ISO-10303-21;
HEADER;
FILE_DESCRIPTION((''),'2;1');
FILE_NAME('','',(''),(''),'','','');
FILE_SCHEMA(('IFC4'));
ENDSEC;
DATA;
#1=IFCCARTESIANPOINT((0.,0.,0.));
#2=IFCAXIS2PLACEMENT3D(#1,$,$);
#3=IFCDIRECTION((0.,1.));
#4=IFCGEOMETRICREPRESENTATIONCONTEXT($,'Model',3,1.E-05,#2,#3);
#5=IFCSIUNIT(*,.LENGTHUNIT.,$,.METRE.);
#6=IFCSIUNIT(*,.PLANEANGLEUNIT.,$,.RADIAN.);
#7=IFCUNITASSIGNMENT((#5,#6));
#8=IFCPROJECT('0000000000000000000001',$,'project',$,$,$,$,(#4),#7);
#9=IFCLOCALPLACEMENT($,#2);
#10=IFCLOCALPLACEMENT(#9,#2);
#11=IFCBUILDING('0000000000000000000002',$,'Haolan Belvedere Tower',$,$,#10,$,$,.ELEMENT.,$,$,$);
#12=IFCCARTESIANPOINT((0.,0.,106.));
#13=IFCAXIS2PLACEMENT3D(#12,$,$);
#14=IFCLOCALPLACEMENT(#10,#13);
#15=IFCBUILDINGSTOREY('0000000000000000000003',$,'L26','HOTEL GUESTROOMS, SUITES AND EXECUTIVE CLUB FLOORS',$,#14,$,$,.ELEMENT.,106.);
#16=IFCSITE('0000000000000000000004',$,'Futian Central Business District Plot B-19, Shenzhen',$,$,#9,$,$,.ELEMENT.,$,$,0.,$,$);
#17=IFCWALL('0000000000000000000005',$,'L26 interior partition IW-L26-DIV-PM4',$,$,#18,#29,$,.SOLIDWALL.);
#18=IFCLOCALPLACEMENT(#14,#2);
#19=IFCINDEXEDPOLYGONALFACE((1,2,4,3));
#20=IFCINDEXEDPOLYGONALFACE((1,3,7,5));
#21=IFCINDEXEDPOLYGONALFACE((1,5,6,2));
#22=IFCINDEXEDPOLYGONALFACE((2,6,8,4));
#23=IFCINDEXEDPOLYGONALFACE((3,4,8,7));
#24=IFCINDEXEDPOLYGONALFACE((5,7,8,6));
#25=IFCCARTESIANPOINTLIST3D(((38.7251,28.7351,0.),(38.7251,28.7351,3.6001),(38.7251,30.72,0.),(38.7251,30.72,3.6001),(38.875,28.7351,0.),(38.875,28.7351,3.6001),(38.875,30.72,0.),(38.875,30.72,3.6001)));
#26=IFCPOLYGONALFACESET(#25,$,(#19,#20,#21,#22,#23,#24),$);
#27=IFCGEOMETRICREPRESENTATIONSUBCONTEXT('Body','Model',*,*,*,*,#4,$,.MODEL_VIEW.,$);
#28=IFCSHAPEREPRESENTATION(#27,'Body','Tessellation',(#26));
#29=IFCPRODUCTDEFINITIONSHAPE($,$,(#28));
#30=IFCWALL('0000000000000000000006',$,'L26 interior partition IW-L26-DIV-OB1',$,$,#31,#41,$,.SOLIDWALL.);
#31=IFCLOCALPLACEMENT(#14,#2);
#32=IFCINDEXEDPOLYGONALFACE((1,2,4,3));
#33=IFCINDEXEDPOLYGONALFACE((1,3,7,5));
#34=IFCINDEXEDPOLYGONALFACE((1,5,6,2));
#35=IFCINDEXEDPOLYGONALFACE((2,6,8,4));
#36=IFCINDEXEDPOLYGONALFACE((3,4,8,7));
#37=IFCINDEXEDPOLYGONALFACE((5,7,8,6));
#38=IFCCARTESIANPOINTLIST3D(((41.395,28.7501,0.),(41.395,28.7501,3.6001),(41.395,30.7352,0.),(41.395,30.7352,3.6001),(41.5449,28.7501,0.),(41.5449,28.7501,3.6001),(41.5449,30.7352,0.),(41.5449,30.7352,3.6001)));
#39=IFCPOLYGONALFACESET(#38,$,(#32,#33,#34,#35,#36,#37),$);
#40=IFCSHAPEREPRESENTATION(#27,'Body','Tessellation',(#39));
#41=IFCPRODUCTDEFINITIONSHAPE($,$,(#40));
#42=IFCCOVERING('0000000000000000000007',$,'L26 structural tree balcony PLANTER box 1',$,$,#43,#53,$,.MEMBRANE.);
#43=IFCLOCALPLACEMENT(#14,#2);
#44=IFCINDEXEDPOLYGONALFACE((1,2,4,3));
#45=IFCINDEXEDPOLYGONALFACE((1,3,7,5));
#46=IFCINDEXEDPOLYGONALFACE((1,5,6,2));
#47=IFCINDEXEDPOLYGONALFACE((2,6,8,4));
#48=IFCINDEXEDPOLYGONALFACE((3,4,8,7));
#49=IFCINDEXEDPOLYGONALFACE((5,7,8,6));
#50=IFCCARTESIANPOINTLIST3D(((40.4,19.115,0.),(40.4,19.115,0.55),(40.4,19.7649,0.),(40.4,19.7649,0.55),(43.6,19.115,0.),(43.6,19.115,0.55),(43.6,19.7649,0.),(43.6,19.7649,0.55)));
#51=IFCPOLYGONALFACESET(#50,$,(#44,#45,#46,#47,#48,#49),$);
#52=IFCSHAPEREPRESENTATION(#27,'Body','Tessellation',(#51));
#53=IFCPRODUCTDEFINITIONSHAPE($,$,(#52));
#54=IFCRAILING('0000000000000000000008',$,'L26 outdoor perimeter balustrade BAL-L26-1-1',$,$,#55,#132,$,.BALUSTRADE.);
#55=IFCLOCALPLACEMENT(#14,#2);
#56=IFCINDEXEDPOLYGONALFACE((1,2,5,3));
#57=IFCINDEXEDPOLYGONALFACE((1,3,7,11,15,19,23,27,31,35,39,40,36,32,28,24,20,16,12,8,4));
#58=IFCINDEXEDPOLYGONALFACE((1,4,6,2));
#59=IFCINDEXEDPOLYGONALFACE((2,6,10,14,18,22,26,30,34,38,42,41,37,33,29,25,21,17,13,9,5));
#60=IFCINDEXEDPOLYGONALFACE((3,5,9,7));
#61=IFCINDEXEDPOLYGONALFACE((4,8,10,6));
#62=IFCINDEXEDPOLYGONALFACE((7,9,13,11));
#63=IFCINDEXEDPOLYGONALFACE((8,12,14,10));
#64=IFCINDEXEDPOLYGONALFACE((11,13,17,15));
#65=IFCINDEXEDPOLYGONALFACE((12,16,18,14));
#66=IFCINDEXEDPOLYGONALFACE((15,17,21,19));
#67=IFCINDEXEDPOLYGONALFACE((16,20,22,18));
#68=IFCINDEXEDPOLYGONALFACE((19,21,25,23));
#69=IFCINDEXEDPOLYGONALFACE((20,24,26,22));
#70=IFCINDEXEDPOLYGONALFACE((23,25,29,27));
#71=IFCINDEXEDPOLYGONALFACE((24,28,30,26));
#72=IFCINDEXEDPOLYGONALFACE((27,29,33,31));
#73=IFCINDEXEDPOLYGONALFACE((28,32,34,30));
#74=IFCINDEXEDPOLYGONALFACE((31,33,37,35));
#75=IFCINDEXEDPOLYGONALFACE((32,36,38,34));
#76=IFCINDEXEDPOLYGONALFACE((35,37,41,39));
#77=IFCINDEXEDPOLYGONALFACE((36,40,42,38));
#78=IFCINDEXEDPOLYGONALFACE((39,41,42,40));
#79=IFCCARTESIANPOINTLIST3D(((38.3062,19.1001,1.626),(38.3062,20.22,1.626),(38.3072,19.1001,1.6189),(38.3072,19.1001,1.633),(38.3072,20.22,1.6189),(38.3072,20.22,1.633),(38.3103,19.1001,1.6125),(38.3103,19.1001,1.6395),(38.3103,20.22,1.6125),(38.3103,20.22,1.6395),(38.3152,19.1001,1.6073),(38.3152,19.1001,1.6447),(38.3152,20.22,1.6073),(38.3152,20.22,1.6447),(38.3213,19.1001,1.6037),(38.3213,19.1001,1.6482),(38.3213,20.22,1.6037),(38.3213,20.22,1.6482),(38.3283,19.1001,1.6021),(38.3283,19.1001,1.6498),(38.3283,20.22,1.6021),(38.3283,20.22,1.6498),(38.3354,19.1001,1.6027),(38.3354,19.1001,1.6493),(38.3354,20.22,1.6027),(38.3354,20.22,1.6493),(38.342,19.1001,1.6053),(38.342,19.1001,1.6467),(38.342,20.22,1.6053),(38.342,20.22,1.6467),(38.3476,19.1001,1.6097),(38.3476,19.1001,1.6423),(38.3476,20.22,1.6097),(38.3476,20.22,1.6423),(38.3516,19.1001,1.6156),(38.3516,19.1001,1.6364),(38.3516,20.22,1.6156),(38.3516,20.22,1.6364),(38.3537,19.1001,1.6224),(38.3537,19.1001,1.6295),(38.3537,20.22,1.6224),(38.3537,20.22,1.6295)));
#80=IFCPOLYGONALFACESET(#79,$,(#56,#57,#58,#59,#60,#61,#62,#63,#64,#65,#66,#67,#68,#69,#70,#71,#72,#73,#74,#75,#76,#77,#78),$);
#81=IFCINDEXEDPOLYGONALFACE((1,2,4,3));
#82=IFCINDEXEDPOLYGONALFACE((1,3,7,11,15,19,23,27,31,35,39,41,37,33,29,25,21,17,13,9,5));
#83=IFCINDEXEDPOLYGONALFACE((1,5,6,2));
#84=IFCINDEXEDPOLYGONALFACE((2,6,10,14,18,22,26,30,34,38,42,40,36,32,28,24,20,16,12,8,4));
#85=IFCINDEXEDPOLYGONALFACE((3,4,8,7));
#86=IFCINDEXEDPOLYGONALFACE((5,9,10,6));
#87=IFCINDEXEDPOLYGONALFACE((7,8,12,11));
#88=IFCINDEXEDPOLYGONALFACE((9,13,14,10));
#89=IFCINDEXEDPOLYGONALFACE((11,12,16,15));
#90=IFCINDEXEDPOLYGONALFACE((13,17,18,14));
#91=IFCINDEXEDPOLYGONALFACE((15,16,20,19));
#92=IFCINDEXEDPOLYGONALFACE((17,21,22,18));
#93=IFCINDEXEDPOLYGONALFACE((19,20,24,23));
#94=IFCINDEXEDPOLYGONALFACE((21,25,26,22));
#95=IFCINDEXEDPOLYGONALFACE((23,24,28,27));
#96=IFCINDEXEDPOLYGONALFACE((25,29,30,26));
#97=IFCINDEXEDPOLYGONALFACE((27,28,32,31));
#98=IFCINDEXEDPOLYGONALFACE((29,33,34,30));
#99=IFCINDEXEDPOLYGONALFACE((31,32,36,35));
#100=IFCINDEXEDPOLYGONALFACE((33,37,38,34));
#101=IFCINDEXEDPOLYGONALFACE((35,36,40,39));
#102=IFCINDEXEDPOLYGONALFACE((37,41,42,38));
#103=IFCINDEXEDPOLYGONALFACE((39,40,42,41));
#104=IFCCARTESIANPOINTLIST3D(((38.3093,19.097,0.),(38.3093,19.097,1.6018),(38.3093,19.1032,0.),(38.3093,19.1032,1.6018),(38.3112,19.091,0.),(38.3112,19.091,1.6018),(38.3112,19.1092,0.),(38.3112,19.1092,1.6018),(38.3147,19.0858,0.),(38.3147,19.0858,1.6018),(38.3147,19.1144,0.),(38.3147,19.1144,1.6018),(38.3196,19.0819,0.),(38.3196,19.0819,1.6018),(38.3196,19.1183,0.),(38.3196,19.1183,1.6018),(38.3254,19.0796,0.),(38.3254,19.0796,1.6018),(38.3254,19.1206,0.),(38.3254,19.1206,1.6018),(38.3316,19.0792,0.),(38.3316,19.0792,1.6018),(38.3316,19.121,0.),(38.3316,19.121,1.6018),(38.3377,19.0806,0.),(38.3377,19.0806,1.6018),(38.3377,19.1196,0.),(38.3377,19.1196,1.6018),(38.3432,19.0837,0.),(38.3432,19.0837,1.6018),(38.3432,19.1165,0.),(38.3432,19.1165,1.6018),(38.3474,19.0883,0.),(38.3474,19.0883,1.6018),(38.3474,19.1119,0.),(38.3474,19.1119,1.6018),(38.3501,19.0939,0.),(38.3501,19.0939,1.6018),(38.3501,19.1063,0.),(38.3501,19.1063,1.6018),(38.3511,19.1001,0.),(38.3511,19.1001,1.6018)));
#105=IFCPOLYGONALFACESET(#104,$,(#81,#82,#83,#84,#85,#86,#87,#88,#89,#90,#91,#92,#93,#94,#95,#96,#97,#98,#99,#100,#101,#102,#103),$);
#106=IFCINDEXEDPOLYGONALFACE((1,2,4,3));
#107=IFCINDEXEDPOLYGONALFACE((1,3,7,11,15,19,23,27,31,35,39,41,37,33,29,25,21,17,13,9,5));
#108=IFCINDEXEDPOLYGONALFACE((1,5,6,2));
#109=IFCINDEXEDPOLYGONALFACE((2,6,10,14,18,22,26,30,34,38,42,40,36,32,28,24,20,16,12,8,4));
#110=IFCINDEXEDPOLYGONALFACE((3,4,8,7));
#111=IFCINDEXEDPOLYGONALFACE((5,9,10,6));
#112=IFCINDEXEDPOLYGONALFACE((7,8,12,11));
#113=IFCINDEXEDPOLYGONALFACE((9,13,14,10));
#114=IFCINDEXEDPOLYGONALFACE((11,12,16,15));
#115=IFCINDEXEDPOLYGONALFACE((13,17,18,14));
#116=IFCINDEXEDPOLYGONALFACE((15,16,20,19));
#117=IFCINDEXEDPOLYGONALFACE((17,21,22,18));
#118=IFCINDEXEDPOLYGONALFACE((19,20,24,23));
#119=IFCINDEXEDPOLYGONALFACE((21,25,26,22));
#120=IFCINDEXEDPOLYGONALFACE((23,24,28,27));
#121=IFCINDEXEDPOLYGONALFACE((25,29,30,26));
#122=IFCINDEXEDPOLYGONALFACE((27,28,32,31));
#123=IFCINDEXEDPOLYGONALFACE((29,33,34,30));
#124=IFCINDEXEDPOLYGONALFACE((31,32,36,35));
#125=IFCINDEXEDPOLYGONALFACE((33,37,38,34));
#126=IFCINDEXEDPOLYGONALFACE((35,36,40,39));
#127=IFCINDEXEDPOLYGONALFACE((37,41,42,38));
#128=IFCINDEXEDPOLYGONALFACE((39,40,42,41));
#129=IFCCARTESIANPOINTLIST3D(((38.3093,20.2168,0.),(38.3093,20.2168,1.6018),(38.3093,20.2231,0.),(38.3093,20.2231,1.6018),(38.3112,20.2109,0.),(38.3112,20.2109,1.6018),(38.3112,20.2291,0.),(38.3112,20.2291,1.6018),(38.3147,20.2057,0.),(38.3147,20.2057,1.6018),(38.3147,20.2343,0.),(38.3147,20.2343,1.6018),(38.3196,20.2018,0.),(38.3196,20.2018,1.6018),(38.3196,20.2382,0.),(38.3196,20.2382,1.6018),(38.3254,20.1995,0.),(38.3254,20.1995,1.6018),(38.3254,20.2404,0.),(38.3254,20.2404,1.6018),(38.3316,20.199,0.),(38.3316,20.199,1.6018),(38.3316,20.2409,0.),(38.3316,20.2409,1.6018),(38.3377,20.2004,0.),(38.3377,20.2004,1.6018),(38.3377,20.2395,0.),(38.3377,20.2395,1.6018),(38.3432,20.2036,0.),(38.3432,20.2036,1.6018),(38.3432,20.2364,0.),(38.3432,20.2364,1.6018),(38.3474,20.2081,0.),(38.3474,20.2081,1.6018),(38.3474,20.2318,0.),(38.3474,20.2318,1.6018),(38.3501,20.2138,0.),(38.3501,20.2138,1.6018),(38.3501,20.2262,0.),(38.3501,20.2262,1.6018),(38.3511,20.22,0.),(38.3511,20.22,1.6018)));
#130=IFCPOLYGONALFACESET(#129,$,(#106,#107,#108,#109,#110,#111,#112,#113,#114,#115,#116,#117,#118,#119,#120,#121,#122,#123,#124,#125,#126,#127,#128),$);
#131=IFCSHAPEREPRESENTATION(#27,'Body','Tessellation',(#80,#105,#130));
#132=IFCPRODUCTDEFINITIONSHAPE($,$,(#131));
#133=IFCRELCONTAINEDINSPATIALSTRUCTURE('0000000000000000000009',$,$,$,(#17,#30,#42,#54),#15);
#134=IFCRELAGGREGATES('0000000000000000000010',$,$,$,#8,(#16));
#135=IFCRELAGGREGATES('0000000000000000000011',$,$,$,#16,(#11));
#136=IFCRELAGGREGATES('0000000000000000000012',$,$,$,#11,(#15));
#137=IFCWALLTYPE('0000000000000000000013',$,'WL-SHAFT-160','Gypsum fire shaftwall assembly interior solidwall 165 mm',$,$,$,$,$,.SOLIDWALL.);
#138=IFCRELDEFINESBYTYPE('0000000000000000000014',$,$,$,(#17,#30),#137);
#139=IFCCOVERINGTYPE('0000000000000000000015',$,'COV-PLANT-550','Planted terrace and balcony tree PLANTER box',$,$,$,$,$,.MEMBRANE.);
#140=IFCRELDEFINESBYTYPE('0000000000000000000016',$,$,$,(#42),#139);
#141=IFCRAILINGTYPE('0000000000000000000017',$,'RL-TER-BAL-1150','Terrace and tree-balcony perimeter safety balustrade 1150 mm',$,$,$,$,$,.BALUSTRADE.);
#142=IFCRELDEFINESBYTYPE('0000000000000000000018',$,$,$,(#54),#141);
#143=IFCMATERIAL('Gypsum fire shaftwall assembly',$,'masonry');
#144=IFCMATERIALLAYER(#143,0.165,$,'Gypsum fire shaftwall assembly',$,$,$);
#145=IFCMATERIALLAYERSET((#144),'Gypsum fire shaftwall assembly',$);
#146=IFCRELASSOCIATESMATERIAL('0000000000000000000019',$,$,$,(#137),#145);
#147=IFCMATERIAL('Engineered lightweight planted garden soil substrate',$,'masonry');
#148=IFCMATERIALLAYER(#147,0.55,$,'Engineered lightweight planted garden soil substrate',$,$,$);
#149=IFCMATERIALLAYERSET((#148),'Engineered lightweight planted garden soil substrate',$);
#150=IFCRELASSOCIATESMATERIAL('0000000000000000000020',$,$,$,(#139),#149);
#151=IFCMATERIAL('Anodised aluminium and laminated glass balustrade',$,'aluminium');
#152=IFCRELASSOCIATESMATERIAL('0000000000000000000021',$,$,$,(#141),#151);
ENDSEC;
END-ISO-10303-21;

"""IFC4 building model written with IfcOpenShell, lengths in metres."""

from ifc_helpers import new_model, si_unit, direction, frame, frame_2d, origin, origin_2d, place, context, subcontext, project, spatial, rectangle, circle, extrude, material, layer, layer_set, type_object, element, save


model = new_model("IFC4")

# Units and contexts
model_context = context("Model", 3, precision=1e-05, world=origin(), true_north=direction((0.0, 1.0)))
body_context = subcontext(model_context, "Body", "Model", "MODEL_VIEW")
ifc_project = project(units=[si_unit("LENGTHUNIT", "METRE"), si_unit("PLANEANGLEUNIT", "RADIAN")], contexts=[model_context])

# Site, building, storey
site_placement = place(None, origin())
site = spatial("IfcSite", under=ifc_project, at=site_placement, Name="Futian Central Business District Plot B-19, Shenzhen", CompositionType="ELEMENT", RefElevation=0.0)
building_placement = place(site_placement, origin())
building = spatial("IfcBuilding", under=site, at=building_placement, Name="Haolan Belvedere Tower", CompositionType="ELEMENT")
storey_placement = place(building_placement, frame((0.0, 0.0, 106.0)))
storey = spatial("IfcBuildingStorey", under=building, at=storey_placement, Name="L26", Description="HOTEL GUESTROOMS, SUITES AND EXECUTIVE CLUB FLOORS", CompositionType="ELEMENT", Elevation=106.0)

# Shared definitions
ifc_material_1 = material(Name="Gypsum fire shaftwall assembly", Category="masonry")
ifc_layer_1 = layer(ifc_material_1, 0.165, Name="Gypsum fire shaftwall assembly")
ifc_layer_set_1 = layer_set([ifc_layer_1], Name="Gypsum fire shaftwall assembly")
wall_type_1 = type_object("IfcWallType", Name="WL-SHAFT-160", Description="Gypsum fire shaftwall assembly interior solidwall 165 mm", PredefinedType="SOLIDWALL", material=ifc_layer_set_1)

# Walls
for number, where, z_axis, x_axis, name in (
    (1, (38.8, 28.7351, 0.0), (0.0, 0.0, 1.0), (0.0, 1.0, 0.0), "L26 interior partition IW-L26-DIV-PM4"),
):
    element("IfcWall", number, at=place(storey_placement, frame(where, z_axis=z_axis, x_axis=x_axis)), inside=storey, type_object=wall_type_1, Name=name, PredefinedType="SOLIDWALL", context=body_context, shape_type="SweptSolid", body=[
        extrude(rectangle(XDim=1.9849, YDim=0.1499, at=frame_2d((0.9924, 0.0))), origin(), (0.0, 0.0, 1.0), 3.6001),
    ])
wall_1_placement = place(storey_placement, frame((41.47, 28.75, 0.0), z_axis=(0.0, 0.0, 1.0), x_axis=(0.0, 1.0, 0.0)))
element("IfcWall", 2, at=wall_1_placement, inside=storey, type_object=wall_type_1, Name="L26 interior partition IW-L26-DIV-OB1", PredefinedType="SOLIDWALL", context=body_context, shape_type="SweptSolid", body=[
    extrude(rectangle(XDim=1.9851, YDim=0.1499, at=frame_2d((0.9927, 0.0))), origin(), (0.0, 0.0, 1.0), 3.6001),
])

# Covering
ifc_material_2 = material(Name="Engineered lightweight planted garden soil substrate", Category="masonry")
ifc_layer_2 = layer(ifc_material_2, 0.55, Name="Engineered lightweight planted garden soil substrate")
ifc_layer_set_2 = layer_set([ifc_layer_2], Name="Engineered lightweight planted garden soil substrate")
covering_type = type_object("IfcCoveringType", Name="COV-PLANT-550", Description="Planted terrace and balcony tree PLANTER box", PredefinedType="MEMBRANE", material=ifc_layer_set_2)
covering_placement = place(storey_placement, frame((42.0, 19.4399, 0.0), z_axis=(0.0, 0.0, 1.0), x_axis=(1.0, 0.0, 0.0)))
element("IfcCovering", 3, at=covering_placement, inside=storey, type_object=covering_type, Name="L26 structural tree balcony PLANTER box 1", PredefinedType="MEMBRANE", context=body_context, shape_type="SweptSolid", body=[
    extrude(rectangle(XDim=3.2, YDim=0.6499, at=origin_2d()), origin(), (0.0, 0.0, 1.0), 0.55),
])

# Railing
ifc_material_3 = material(Name="Anodised aluminium and laminated glass balustrade", Category="aluminium")
railing_type = type_object("IfcRailingType", Name="RL-TER-BAL-1150", Description="Terrace and tree-balcony perimeter safety balustrade 1150 mm", PredefinedType="BALUSTRADE", material=ifc_material_3)
railing_placement = place(storey_placement, frame((38.3301, 19.1001, 0.0)))
element("IfcRailing", 4, at=railing_placement, inside=storey, type_object=railing_type, Name="L26 outdoor perimeter balustrade BAL-L26-1-1", PredefinedType="BALUSTRADE", context=body_context, shape_type="SweptSolid", body=[
    extrude(circle(Radius=0.0239, at=origin_2d()), frame((0.0, 0.0, 1.626), z_axis=(0.0, 1.0, 0.0), x_axis=(-1.0, 0.0, 0.0)), (0.0, 0.0, 1.0), 1.1199),
    extrude(circle(Radius=0.021, at=origin_2d()), origin(), (0.0, 0.0, 1.0), 1.6018),
    extrude(circle(Radius=0.021, at=origin_2d()), frame((0.0, 1.1199, 0.0)), (0.0, 0.0, 1.0), 1.6018),
])

save(model, "model.ifc")
